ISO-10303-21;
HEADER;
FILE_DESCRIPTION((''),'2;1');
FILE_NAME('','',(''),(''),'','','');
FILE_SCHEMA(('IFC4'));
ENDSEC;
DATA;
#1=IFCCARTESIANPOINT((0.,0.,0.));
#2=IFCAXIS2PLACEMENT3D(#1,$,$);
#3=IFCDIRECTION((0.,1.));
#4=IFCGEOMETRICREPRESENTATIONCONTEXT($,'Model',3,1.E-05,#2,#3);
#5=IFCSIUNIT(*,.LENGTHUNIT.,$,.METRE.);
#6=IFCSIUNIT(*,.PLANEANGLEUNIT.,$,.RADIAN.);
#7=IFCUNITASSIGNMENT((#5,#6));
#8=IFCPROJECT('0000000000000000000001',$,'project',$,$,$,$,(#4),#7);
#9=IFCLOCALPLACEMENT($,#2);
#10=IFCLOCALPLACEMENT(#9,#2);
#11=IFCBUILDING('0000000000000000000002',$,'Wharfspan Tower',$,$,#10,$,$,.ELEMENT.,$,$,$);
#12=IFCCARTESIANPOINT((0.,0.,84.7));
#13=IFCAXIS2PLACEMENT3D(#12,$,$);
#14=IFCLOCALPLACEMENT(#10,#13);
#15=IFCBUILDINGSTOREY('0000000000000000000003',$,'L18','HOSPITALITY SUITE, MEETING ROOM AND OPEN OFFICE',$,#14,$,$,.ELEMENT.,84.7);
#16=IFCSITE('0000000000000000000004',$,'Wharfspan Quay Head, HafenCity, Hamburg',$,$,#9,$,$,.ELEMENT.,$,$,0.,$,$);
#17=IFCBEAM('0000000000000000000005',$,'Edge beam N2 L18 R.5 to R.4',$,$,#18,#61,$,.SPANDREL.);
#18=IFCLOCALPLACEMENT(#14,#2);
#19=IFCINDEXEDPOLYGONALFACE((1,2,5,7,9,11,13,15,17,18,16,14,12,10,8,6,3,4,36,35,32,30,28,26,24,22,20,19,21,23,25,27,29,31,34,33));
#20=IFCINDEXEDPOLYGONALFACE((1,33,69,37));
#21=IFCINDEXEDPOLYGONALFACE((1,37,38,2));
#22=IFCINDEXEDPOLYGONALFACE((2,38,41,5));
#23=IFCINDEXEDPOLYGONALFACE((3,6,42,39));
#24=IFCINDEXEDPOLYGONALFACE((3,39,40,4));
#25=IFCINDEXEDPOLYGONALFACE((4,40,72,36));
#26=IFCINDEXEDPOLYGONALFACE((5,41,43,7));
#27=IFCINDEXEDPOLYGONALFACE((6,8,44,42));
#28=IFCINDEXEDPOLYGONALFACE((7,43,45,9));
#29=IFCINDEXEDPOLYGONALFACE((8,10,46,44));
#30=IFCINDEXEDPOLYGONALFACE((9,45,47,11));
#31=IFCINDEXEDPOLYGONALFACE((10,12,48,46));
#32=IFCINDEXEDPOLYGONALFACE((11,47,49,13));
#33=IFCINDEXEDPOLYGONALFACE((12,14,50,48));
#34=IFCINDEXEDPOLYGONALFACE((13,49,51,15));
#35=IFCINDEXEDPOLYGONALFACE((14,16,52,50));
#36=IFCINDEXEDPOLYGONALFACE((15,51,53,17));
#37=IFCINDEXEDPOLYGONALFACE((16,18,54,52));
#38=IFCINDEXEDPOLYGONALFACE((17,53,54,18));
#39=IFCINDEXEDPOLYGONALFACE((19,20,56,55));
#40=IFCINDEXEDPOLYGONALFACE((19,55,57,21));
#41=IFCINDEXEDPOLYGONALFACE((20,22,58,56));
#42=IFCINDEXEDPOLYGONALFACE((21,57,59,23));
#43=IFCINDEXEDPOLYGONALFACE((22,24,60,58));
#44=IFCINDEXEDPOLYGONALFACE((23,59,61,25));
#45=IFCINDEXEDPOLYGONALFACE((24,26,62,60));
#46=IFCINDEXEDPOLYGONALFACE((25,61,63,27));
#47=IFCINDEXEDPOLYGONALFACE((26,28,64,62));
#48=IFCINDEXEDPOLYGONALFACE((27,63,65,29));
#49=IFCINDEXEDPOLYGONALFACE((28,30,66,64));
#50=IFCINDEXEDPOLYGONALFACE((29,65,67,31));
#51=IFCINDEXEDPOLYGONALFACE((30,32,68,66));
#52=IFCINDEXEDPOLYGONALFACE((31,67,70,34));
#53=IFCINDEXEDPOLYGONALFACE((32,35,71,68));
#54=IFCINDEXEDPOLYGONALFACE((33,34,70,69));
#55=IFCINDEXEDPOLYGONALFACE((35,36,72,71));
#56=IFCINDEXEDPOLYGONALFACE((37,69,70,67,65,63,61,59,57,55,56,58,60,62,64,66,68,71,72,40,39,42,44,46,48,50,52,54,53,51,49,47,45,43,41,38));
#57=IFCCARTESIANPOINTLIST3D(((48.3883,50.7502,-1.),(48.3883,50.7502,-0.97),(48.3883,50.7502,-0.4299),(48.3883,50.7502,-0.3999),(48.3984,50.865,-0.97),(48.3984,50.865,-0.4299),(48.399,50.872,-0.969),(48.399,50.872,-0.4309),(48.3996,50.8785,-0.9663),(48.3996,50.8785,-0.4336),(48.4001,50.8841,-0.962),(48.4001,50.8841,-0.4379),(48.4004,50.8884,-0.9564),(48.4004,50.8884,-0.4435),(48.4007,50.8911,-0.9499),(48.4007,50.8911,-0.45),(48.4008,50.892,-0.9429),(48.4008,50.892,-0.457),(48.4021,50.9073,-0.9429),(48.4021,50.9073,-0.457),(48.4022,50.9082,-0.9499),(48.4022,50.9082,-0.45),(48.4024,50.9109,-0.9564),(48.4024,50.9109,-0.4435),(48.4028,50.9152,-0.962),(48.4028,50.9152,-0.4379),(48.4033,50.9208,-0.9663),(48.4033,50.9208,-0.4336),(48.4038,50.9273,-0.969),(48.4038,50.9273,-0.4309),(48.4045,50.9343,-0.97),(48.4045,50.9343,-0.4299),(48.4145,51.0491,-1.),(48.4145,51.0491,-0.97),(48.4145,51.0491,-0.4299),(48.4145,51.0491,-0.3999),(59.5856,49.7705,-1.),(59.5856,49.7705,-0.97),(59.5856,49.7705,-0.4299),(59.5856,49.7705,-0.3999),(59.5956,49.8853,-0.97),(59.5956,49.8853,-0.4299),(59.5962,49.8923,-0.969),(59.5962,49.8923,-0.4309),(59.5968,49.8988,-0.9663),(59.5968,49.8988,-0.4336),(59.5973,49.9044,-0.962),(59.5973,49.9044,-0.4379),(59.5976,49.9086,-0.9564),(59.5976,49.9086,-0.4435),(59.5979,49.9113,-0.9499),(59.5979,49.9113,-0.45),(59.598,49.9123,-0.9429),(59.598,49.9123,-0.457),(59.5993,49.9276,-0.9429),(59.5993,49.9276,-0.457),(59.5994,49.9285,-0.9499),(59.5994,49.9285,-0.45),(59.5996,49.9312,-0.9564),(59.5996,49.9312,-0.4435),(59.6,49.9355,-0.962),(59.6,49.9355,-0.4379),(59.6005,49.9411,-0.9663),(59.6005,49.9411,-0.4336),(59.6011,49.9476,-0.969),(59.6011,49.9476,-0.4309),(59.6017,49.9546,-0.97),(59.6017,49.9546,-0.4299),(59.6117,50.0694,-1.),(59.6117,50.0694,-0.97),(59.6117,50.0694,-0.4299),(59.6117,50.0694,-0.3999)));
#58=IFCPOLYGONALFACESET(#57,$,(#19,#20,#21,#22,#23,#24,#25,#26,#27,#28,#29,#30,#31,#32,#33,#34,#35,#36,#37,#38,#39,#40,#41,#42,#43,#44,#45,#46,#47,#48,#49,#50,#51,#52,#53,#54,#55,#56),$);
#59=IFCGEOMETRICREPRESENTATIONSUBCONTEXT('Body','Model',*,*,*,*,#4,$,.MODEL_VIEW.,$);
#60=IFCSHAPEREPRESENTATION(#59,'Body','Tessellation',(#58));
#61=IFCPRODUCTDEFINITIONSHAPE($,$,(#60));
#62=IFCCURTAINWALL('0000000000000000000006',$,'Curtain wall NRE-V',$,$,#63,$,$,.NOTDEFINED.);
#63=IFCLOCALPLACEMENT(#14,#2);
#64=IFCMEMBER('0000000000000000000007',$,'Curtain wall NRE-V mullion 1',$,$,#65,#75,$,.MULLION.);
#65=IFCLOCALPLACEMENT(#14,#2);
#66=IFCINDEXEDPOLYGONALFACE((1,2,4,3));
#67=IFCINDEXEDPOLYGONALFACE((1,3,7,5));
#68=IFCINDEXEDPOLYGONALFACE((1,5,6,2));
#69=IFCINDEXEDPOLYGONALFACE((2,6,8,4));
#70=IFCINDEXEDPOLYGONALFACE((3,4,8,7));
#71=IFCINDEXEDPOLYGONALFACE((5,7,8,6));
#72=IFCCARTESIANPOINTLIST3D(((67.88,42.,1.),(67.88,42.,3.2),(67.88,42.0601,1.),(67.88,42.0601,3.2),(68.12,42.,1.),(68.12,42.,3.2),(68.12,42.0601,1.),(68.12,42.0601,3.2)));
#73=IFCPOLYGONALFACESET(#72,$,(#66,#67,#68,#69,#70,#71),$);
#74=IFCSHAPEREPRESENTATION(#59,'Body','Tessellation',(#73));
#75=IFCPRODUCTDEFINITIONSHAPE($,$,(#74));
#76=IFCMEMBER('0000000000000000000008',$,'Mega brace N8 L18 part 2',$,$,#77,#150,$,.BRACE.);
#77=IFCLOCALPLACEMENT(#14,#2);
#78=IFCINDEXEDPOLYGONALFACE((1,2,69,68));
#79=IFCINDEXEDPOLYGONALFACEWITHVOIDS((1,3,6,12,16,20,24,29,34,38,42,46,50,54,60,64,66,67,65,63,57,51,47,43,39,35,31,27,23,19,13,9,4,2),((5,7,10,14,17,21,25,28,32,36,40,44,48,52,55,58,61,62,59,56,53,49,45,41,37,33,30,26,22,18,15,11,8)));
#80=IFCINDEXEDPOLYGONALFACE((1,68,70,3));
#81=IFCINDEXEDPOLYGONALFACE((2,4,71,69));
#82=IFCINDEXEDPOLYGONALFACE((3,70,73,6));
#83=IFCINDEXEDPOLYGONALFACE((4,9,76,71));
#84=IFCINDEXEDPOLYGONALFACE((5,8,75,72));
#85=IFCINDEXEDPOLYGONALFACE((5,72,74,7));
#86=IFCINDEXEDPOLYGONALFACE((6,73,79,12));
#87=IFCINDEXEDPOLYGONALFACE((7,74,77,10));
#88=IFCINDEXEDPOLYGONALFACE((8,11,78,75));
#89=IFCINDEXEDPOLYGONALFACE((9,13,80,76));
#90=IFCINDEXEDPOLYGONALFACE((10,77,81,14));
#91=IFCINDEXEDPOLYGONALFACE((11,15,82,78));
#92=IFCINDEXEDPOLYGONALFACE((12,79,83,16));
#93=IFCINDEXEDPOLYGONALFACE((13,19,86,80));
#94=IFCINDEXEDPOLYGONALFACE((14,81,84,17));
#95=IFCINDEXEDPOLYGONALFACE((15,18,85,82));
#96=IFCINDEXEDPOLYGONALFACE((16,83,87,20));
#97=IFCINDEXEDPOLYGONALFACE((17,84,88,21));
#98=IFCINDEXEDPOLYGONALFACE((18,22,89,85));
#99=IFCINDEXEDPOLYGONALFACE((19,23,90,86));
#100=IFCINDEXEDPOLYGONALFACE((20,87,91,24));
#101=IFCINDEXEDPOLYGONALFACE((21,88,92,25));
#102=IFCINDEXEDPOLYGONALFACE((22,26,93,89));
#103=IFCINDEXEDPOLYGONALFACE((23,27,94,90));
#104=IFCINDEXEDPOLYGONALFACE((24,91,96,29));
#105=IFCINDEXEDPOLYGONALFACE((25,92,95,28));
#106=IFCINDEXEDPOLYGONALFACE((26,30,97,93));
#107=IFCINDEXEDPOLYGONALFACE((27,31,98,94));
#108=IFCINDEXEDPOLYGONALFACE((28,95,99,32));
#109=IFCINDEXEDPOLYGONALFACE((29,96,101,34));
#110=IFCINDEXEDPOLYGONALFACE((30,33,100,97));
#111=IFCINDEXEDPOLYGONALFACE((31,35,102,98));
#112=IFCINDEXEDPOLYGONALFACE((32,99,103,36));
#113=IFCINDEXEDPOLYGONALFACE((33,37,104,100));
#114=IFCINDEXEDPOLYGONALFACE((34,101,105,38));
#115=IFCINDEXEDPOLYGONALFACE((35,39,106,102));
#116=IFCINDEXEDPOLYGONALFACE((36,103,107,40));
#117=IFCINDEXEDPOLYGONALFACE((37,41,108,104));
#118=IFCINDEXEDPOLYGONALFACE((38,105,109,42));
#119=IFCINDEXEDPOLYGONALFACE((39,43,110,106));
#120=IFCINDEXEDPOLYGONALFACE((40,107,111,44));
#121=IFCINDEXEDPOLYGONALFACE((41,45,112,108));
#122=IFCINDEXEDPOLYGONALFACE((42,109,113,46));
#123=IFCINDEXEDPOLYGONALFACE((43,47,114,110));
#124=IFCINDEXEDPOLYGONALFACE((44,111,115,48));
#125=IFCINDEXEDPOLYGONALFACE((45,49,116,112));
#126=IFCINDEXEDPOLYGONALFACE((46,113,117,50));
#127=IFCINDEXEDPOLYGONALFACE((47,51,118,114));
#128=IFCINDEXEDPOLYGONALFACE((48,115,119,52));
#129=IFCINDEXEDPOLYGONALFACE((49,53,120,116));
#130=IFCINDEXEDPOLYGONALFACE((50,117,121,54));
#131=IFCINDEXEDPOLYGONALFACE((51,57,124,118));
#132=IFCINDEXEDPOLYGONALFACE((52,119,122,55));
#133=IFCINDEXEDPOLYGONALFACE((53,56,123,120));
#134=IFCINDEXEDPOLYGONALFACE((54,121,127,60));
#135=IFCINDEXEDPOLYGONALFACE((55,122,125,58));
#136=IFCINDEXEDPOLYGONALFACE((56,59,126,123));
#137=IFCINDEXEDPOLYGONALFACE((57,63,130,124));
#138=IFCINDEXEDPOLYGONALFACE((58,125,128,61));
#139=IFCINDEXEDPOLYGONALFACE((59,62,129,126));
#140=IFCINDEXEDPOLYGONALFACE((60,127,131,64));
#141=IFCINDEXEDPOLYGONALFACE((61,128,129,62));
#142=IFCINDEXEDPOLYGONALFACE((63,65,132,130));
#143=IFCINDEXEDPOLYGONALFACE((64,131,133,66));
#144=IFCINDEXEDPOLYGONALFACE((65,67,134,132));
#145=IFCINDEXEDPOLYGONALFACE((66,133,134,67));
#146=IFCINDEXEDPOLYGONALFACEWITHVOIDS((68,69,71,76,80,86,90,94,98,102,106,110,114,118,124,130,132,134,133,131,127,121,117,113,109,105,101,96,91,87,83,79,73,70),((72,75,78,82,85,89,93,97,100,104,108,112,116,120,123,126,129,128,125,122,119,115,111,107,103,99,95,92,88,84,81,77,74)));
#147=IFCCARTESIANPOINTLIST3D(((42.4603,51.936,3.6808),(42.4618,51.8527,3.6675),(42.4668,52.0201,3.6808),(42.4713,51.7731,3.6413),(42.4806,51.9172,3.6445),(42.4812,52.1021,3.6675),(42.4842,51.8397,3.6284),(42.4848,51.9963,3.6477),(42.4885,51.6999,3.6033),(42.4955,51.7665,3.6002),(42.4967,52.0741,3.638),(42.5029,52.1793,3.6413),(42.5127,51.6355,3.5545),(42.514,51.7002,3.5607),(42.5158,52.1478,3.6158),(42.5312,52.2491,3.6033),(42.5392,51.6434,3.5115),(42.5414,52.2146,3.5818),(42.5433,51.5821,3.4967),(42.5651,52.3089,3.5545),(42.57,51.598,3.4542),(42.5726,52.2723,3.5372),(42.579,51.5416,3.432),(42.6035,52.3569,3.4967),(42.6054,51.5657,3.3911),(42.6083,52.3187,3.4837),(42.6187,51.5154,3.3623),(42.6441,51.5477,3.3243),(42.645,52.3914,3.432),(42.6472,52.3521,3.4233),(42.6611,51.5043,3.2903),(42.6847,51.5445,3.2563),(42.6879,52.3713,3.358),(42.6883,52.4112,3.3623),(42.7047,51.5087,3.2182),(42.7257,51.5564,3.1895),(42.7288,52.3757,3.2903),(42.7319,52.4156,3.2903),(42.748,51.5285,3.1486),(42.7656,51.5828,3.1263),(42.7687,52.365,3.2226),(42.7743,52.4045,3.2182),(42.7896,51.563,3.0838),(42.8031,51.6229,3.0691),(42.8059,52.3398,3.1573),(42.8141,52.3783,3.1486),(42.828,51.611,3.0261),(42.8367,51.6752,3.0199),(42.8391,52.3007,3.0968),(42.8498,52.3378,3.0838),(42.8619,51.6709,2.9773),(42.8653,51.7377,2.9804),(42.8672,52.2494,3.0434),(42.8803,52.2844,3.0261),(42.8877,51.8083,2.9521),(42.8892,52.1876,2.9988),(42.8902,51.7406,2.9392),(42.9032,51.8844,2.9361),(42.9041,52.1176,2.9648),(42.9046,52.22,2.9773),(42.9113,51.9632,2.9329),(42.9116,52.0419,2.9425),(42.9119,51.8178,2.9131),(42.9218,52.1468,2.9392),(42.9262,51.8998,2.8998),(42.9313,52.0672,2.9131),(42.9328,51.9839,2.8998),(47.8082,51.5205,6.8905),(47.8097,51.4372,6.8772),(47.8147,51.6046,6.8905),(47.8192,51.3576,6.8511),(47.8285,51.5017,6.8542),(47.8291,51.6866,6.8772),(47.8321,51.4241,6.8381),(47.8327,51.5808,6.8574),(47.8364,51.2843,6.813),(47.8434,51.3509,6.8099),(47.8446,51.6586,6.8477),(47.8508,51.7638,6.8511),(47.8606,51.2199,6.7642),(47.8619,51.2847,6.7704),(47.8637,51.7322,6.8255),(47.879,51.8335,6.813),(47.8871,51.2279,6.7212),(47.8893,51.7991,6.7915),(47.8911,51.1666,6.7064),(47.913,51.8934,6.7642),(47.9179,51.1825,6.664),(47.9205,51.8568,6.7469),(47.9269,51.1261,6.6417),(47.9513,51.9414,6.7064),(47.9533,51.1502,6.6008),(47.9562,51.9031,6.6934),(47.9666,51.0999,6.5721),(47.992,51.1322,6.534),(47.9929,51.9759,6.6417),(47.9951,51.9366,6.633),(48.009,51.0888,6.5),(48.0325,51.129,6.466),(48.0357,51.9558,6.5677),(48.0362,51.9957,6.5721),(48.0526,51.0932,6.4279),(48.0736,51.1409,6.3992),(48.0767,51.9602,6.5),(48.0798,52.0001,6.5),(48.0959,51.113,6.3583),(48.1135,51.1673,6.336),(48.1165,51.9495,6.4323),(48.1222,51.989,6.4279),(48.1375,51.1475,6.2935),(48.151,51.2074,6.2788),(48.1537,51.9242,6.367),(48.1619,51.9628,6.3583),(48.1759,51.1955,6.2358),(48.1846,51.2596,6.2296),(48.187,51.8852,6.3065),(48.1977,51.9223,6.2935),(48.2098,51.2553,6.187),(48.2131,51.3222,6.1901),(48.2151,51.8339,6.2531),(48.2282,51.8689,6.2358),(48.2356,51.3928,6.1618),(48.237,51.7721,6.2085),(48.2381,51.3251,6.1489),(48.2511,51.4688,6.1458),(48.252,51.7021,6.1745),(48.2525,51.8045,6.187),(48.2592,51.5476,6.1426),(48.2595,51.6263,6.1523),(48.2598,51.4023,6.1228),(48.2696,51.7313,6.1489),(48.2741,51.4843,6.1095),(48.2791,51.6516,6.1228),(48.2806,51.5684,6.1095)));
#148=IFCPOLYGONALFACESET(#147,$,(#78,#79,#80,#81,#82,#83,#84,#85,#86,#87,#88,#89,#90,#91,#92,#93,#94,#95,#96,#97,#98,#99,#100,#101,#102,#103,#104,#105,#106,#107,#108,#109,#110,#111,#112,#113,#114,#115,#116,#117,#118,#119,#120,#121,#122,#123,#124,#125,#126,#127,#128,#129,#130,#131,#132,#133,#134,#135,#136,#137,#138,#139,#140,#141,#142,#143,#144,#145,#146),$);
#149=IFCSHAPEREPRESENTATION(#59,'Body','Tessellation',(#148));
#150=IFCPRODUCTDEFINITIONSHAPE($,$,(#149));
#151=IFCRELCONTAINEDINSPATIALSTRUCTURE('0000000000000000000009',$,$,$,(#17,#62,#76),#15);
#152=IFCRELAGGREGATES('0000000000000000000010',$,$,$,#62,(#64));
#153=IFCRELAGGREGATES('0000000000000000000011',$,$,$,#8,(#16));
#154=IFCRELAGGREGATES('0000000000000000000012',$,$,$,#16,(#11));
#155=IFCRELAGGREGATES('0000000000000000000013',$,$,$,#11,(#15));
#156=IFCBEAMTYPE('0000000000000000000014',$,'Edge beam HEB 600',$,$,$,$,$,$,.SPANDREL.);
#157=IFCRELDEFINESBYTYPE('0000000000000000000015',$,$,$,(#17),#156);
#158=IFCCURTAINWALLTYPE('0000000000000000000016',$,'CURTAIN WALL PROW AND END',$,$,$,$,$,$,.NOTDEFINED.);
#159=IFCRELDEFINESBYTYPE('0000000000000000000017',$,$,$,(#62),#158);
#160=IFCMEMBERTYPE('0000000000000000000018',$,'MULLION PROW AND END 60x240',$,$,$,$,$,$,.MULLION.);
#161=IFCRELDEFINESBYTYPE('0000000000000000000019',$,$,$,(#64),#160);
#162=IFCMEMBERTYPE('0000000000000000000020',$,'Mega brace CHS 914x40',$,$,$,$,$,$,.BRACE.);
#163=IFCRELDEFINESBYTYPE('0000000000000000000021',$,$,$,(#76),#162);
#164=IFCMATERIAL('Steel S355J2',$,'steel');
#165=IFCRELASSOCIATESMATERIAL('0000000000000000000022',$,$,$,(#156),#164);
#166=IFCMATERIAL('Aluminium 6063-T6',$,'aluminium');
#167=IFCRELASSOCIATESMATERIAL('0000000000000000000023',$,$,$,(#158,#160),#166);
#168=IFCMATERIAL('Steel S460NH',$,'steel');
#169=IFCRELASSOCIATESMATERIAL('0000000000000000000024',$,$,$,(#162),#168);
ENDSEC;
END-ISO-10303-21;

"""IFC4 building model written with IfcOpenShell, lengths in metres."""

from ifc_helpers import new_model, si_unit, direction, frame, origin, origin_2d, place, context, subcontext, project, spatial, rectangle, hollow_circle, i_section, extrude, material, material_profile, profile_set, type_object, element, aggregate, save


model = new_model("IFC4")

# Units and contexts
model_context = context("Model", 3, precision=1e-05, world=origin(), true_north=direction((0.0, 1.0)))
body_context = subcontext(model_context, "Body", "Model", "MODEL_VIEW")
ifc_project = project(units=[si_unit("LENGTHUNIT", "METRE"), si_unit("PLANEANGLEUNIT", "RADIAN")], contexts=[model_context])

# Site, building, storey
site_placement = place(None, origin())
site = spatial("IfcSite", under=ifc_project, at=site_placement, Name="Wharfspan Quay Head, HafenCity, Hamburg", CompositionType="ELEMENT", RefElevation=0.0)
building_placement = place(site_placement, origin())
building = spatial("IfcBuilding", under=site, at=building_placement, Name="Wharfspan Tower", CompositionType="ELEMENT")
storey_placement = place(building_placement, frame((0.0, 0.0, 84.7)))
storey = spatial("IfcBuildingStorey", under=building, at=storey_placement, Name="L18", Description="HOSPITALITY SUITE, MEETING ROOM AND OPEN OFFICE", CompositionType="ELEMENT", Elevation=84.7)

# Shared definitions
ifc_material_1 = material(Name="Steel S355J2", Category="steel")

# Beam
ifc_material_profile_1 = material_profile(ifc_material_1, i_section(OverallWidth=0.3, OverallDepth=0.6001, WebThickness=0.0154, FlangeThickness=0.03, FilletRadius=0.0271, at=origin_2d()))
ifc_profile_set_1 = profile_set([ifc_material_profile_1], Name="Steel S355J2")
beam_type = type_object("IfcBeamType", Name="Edge beam HEB 600", PredefinedType="SPANDREL", material=ifc_profile_set_1)
beam_placement = place(storey_placement, frame((59.5986, 49.9199, -0.7), z_axis=(-0.996194, 0.087165, 0.0), x_axis=(-0.087165, -0.996194, 0.0)))
element("IfcBeam", 1, at=beam_placement, inside=storey, type_object=beam_type, Name="Edge beam N2 L18 R.5 to R.4", PredefinedType="SPANDREL", context=body_context, shape_type="SweptSolid", body=[
    extrude(i_section(OverallWidth=0.3, OverallDepth=0.6001, WebThickness=0.0154, FlangeThickness=0.03, FilletRadius=0.0271, at=origin_2d()), origin(), (0.0, 0.0, 1.0), 11.24),
])

# Curtain wall, member
ifc_material_2 = material(Name="Aluminium 6063-T6", Category="aluminium")
curtain_wall_type = type_object("IfcCurtainWallType", Name="CURTAIN WALL PROW AND END", PredefinedType="NOTDEFINED", material=ifc_material_2)
curtain_wall_placement = place(storey_placement, origin())
curtain_wall = element("IfcCurtainWall", 2, at=curtain_wall_placement, inside=storey, type_object=curtain_wall_type, Name="Curtain wall NRE-V", PredefinedType="NOTDEFINED")
ifc_material_profile_2 = material_profile(ifc_material_2, rectangle(XDim=0.24, YDim=0.0601, at=origin_2d()))
ifc_profile_set_2 = profile_set([ifc_material_profile_2], Name="Aluminium 6063-T6")
member_type_1 = type_object("IfcMemberType", Name="MULLION PROW AND END 60x240", PredefinedType="MULLION", material=ifc_profile_set_2)
member_1_placement = place(storey_placement, frame((68.0, 42.03, 1.0), z_axis=(0.0, 0.0, 1.0), x_axis=(-1.0, 0.0, 0.0)))
member_1 = element("IfcMember", 3, at=member_1_placement, type_object=member_type_1, Name="Curtain wall NRE-V mullion 1", PredefinedType="MULLION", context=body_context, shape_type="SweptSolid", body=[
    extrude(rectangle(XDim=0.24, YDim=0.0601, at=origin_2d()), origin(), (0.0, 0.0, 1.0), 2.2),
])

# Member
ifc_material_3 = material(Name="Steel S460NH", Category="steel")
ifc_material_profile_3 = material_profile(ifc_material_3, hollow_circle(Radius=0.457, WallThickness=0.04, at=origin_2d()))
ifc_profile_set_3 = profile_set([ifc_material_profile_3], Name="Steel S460NH")
member_type_2 = type_object("IfcMemberType", Name="Mega brace CHS 914x40", PredefinedType="BRACE", material=ifc_profile_set_3)
for number, where, z_axis, x_axis, name in (
    (4, (42.6965, 51.96, 3.2903), (0.855527, -0.066474, 0.513473), (0.077466, 0.996995, 0.0), "Mega brace N8 L18 part 2"),
):
    element("IfcMember", number, at=place(storey_placement, frame(where, z_axis=z_axis, x_axis=x_axis)), inside=storey, type_object=member_type_2, Name=name, PredefinedType="BRACE", context=body_context, shape_type="SweptSolid", body=[
        extrude(hollow_circle(Radius=0.457, WallThickness=0.04, at=origin_2d()), origin(), (0.0, 0.0, 1.0), 6.251),
    ])

aggregate(curtain_wall, [member_1])

save(model, "model.ifc")
